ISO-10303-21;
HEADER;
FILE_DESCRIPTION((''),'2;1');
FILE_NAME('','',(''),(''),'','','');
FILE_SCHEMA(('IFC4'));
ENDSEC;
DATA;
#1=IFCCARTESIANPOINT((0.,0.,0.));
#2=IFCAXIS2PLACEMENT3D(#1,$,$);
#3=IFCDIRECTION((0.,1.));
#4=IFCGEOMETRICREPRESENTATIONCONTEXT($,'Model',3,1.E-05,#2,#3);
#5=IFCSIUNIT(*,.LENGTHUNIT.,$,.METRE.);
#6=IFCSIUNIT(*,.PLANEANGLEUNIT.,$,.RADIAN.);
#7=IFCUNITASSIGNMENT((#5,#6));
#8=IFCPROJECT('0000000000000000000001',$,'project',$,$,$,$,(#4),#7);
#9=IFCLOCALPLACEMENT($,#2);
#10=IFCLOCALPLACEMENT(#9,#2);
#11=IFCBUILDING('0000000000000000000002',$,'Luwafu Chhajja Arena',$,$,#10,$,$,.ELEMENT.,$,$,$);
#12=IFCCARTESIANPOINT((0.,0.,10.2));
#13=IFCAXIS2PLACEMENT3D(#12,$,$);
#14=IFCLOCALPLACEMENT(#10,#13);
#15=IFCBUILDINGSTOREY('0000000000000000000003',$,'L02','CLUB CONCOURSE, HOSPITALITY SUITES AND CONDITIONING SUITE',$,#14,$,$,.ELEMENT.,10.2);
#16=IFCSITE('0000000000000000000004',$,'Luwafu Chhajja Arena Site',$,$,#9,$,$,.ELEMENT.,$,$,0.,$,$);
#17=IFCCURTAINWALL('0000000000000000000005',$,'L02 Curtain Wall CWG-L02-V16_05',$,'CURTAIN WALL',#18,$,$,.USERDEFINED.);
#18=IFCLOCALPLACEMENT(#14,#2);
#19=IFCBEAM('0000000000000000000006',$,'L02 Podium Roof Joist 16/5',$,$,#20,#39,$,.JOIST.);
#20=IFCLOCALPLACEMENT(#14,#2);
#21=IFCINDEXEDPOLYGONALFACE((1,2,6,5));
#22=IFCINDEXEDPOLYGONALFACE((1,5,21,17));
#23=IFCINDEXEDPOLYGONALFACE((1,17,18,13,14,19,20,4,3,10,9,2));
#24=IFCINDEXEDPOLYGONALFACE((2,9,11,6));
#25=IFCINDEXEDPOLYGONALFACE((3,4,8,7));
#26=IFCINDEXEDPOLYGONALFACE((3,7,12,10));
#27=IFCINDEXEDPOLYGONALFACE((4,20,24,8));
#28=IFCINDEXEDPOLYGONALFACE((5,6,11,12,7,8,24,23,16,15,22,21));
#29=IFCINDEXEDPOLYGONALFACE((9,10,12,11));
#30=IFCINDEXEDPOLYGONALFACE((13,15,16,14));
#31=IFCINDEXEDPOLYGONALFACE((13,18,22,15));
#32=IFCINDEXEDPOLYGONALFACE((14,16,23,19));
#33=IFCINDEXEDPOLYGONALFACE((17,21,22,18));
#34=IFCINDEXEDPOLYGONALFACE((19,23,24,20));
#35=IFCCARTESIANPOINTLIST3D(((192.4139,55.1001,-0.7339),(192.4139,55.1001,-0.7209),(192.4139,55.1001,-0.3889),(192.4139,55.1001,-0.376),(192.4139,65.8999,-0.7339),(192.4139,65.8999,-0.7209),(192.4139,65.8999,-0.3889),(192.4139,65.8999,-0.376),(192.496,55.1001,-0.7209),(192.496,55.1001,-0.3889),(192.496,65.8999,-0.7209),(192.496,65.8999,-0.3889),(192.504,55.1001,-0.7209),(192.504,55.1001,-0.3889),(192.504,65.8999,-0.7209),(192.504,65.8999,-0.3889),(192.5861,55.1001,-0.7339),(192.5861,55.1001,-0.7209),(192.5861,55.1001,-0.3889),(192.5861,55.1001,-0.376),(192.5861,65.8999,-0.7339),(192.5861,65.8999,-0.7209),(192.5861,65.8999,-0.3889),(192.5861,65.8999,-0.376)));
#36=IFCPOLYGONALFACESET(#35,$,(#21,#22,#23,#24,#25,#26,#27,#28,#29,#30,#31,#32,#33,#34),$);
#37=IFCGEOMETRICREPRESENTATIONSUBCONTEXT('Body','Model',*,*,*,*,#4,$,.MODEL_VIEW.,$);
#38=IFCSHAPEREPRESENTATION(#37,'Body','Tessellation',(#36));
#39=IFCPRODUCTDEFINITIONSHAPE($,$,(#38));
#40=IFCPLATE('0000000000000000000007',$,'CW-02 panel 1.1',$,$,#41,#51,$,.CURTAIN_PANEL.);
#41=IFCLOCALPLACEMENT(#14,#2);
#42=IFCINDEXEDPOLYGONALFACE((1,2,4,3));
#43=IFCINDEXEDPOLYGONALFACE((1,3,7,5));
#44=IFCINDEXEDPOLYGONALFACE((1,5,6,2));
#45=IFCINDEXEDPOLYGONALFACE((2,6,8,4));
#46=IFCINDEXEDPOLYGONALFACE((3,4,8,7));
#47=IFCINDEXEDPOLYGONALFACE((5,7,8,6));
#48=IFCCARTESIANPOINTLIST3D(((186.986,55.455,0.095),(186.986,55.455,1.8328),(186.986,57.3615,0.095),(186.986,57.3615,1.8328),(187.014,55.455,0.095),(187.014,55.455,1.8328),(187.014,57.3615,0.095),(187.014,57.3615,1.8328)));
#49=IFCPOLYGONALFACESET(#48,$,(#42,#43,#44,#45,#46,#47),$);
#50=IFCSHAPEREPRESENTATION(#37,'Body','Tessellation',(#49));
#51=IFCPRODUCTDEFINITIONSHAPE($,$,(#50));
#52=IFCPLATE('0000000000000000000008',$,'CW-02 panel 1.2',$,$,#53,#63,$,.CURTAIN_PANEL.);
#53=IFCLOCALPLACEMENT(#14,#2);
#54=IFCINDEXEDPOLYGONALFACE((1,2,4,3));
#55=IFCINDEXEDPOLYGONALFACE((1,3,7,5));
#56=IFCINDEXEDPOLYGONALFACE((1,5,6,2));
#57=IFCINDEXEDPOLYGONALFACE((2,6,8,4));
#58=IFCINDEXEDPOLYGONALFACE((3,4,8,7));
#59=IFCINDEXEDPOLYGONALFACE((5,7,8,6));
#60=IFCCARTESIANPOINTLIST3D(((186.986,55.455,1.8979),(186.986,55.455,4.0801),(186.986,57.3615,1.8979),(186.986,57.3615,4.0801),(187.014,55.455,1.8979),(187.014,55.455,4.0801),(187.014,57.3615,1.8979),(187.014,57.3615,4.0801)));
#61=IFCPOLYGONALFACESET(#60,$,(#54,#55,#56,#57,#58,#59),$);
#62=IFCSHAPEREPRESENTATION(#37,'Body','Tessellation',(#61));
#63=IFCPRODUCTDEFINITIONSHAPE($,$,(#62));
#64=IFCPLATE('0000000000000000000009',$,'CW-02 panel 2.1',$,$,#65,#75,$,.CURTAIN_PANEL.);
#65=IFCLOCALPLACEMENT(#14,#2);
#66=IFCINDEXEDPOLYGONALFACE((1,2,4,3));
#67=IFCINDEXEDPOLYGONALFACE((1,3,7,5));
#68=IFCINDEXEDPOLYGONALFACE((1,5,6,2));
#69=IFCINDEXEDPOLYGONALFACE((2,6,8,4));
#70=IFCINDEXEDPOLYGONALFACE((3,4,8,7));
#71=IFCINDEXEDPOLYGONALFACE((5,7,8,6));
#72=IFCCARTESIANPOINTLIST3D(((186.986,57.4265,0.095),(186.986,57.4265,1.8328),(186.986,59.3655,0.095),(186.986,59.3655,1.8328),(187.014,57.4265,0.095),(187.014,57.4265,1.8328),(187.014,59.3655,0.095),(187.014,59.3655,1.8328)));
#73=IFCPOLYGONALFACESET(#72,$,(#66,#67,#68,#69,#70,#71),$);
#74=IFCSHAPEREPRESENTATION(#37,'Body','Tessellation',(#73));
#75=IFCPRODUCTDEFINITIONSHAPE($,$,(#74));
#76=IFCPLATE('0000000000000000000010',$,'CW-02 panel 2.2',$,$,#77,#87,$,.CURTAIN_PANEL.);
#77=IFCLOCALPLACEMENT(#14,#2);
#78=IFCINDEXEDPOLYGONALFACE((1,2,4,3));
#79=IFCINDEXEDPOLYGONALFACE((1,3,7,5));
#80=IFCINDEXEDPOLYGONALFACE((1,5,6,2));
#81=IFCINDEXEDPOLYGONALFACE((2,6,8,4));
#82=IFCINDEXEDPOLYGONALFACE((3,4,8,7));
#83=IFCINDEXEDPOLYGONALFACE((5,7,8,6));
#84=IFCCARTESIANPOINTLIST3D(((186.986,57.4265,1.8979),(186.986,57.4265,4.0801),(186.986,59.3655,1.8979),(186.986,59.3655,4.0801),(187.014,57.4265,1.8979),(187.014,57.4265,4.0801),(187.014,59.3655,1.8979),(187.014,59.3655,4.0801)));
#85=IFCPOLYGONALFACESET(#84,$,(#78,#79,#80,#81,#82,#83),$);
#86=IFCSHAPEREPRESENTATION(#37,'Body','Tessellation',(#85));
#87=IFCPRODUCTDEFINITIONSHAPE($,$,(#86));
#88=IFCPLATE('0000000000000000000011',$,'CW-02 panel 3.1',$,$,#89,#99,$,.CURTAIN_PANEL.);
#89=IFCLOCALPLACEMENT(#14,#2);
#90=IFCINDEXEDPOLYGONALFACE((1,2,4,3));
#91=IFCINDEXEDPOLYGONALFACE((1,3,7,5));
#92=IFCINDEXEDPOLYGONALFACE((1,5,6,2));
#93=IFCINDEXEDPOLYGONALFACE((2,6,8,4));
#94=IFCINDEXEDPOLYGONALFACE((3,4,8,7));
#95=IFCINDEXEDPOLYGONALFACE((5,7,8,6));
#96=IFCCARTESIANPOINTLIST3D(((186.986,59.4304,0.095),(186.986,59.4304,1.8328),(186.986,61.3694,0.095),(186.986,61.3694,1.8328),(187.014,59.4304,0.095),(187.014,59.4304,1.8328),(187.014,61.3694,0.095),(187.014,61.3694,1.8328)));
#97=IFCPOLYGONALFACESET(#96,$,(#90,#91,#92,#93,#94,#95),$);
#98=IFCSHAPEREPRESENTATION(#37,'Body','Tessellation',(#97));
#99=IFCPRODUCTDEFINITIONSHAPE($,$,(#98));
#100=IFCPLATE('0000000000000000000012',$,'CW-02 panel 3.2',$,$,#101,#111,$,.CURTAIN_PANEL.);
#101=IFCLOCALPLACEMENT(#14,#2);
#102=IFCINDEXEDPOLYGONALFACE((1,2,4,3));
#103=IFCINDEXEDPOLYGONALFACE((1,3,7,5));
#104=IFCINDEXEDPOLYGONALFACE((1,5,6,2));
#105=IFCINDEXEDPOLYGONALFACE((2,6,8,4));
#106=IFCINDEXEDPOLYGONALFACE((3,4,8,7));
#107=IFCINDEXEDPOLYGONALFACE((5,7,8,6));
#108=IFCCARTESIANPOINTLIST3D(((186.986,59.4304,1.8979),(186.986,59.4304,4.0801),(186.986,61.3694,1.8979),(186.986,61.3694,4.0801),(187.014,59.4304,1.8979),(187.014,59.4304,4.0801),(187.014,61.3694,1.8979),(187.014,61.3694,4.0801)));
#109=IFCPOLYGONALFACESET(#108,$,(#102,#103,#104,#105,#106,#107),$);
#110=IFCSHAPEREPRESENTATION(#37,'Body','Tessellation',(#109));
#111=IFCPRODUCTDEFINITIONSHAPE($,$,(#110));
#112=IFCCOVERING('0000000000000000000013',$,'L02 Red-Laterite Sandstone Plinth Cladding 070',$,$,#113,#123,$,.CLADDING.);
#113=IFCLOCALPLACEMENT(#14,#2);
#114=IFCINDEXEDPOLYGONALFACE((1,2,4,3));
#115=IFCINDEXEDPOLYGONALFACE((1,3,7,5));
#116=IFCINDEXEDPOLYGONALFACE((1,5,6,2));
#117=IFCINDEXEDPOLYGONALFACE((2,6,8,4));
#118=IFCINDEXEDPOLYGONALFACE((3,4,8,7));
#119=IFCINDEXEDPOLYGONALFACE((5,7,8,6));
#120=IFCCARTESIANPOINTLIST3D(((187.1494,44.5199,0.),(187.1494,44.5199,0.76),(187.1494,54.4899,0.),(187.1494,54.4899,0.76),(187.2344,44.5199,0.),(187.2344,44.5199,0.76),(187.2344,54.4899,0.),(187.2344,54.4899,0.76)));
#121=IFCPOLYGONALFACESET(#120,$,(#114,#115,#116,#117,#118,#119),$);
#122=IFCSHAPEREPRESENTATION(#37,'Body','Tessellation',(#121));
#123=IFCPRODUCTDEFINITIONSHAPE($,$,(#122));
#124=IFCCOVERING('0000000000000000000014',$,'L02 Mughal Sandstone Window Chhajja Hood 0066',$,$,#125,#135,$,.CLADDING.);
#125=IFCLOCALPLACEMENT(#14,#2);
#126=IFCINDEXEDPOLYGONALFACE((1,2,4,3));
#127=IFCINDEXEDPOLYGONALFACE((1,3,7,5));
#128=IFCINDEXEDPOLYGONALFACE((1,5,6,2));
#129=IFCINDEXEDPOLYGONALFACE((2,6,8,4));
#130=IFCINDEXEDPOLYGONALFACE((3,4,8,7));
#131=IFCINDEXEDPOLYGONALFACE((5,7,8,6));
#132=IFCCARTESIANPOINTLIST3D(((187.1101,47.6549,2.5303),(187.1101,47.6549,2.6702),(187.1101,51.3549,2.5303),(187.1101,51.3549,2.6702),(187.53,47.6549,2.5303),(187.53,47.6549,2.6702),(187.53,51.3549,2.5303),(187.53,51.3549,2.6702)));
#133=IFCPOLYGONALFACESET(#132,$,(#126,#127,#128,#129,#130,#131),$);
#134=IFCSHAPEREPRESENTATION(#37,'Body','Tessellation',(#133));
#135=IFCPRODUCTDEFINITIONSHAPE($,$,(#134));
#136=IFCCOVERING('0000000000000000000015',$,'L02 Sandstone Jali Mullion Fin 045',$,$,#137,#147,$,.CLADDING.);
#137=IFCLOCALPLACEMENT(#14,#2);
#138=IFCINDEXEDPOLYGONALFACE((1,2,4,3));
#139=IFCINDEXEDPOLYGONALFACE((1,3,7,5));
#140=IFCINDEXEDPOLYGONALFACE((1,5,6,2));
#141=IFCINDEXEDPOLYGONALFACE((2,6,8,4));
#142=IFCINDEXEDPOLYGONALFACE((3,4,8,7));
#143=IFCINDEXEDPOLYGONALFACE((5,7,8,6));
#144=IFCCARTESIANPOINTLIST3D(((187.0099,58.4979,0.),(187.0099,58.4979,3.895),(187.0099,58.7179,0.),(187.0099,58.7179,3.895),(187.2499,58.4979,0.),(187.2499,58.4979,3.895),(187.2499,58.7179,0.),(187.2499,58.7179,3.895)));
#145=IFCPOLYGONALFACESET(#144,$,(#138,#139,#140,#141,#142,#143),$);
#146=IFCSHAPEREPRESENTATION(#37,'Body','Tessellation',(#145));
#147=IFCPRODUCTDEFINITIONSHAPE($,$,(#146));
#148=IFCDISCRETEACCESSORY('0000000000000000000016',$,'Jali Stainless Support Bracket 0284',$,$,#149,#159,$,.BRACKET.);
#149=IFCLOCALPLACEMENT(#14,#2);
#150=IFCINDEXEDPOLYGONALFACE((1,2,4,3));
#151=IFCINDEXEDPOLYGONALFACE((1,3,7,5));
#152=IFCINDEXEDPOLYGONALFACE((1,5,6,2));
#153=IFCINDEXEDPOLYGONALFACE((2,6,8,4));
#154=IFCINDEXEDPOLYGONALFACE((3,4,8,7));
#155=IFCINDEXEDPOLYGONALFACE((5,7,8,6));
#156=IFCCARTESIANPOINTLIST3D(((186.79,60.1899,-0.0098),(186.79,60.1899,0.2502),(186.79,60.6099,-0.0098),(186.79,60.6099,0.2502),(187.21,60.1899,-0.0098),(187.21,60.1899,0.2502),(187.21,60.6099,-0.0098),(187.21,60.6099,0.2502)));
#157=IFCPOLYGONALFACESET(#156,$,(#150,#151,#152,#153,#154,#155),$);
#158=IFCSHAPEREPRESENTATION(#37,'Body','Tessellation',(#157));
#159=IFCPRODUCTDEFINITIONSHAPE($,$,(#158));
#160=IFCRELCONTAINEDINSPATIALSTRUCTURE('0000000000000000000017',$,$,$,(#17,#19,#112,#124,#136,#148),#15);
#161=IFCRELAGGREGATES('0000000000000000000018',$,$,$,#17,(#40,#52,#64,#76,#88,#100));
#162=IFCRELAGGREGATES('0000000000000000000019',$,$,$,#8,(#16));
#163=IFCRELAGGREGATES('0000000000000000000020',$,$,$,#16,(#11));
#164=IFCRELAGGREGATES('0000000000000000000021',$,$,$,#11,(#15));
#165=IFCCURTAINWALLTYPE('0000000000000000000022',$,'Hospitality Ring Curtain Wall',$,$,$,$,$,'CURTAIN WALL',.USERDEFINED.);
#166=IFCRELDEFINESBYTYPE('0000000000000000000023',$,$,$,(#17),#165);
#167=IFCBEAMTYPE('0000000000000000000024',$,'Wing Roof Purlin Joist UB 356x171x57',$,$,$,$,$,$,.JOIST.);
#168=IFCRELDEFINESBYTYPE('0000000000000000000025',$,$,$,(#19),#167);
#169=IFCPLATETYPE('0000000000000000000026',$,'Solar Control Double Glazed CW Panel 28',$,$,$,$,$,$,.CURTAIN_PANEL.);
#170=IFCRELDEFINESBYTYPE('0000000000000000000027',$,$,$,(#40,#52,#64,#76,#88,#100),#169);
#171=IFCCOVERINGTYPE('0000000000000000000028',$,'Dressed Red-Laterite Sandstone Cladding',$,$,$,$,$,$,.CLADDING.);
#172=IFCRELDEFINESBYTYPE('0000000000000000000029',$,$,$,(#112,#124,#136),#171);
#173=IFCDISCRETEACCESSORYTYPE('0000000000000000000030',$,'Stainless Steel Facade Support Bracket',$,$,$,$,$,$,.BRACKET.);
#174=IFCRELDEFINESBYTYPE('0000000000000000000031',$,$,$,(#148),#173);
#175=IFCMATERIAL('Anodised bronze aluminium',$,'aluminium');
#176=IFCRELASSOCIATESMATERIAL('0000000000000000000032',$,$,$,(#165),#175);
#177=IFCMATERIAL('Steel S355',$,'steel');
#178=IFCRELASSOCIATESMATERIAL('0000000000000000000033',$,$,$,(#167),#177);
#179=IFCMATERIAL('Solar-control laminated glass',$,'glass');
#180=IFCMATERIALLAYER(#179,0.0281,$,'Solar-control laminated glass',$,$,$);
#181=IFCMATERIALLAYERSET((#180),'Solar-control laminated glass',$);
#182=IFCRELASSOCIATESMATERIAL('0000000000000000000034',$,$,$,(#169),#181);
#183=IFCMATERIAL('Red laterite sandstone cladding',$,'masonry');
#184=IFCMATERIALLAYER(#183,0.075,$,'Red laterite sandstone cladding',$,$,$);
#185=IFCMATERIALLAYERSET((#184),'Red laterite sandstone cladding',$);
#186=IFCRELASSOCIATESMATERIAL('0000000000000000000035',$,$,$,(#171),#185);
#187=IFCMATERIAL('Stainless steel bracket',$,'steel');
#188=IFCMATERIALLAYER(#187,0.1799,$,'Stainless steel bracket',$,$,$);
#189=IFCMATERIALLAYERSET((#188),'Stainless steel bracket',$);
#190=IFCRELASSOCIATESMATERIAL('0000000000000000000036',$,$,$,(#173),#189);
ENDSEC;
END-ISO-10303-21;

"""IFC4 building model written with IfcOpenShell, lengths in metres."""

from ifc_helpers import new_model, si_unit, direction, frame, origin, origin_2d, place, context, subcontext, project, spatial, rectangle, i_section, extrude, material, layer, layer_set, material_profile, profile_set, type_object, element, aggregate, save


model = new_model("IFC4")

# Units and contexts
model_context = context("Model", 3, precision=1e-05, world=origin(), true_north=direction((0.0, 1.0)))
body_context = subcontext(model_context, "Body", "Model", "MODEL_VIEW")
ifc_project = project(units=[si_unit("LENGTHUNIT", "METRE"), si_unit("PLANEANGLEUNIT", "RADIAN")], contexts=[model_context])

# Site, building, storey
site_placement = place(None, origin())
site = spatial("IfcSite", under=ifc_project, at=site_placement, Name="Luwafu Chhajja Arena Site", CompositionType="ELEMENT", RefElevation=0.0)
building_placement = place(site_placement, origin())
building = spatial("IfcBuilding", under=site, at=building_placement, Name="Luwafu Chhajja Arena", CompositionType="ELEMENT")
storey_placement = place(building_placement, frame((0.0, 0.0, 10.2)))
storey = spatial("IfcBuildingStorey", under=building, at=storey_placement, Name="L02", Description="CLUB CONCOURSE, HOSPITALITY SUITES AND CONDITIONING SUITE", CompositionType="ELEMENT", Elevation=10.2)

# Curtain wall
ifc_material_1 = material(Name="Anodised bronze aluminium", Category="aluminium")
curtain_wall_type = type_object("IfcCurtainWallType", Name="Hospitality Ring Curtain Wall", ElementType="CURTAIN WALL", PredefinedType="USERDEFINED", material=ifc_material_1)
curtain_wall_placement = place(storey_placement, origin())
curtain_wall = element("IfcCurtainWall", 1, at=curtain_wall_placement, inside=storey, type_object=curtain_wall_type, Name="L02 Curtain Wall CWG-L02-V16_05", ObjectType="CURTAIN WALL", PredefinedType="USERDEFINED")

# Beam
ifc_material_2 = material(Name="Steel S355", Category="steel")
ifc_material_profile_1 = material_profile(ifc_material_2, i_section(OverallWidth=0.1721, OverallDepth=0.3579, WebThickness=0.0081, FlangeThickness=0.0129, at=origin_2d()), Name="UB 356x171x57")
ifc_profile_set_1 = profile_set([ifc_material_profile_1], Name="Steel S355")
beam_type_1 = type_object("IfcBeamType", Name="Wing Roof Purlin Joist UB 356x171x57", PredefinedType="JOIST", material=ifc_profile_set_1)
beam_placement = place(storey_placement, frame((192.5, 55.1001, -0.5549), z_axis=(0.0, 1.0, 0.0), x_axis=(-1.0, 0.0, 0.0)))
element("IfcBeam", 2, at=beam_placement, inside=storey, type_object=beam_type_1, Name="L02 Podium Roof Joist 16/5", PredefinedType="JOIST", context=body_context, shape_type="SweptSolid", body=[
    extrude(i_section(OverallWidth=0.1721, OverallDepth=0.3579, WebThickness=0.0081, FlangeThickness=0.0129, at=origin_2d()), origin(), (0.0, 0.0, 1.0), 10.7998),
])

# Plates
ifc_material_3 = material(Name="Solar-control laminated glass", Category="glass")
ifc_layer_1 = layer(ifc_material_3, 0.0281, Name="Solar-control laminated glass")
ifc_layer_set_1 = layer_set([ifc_layer_1], Name="Solar-control laminated glass")
plate_type = type_object("IfcPlateType", Name="Solar Control Double Glazed CW Panel 28", PredefinedType="CURTAIN_PANEL", material=ifc_layer_set_1)
plate_1_placement = place(storey_placement, frame((187.0, 56.4082, 0.095), z_axis=(0.0, 0.0, 1.0), x_axis=(0.0, 1.0, 0.0)))
plate_1 = element("IfcPlate", 3, at=plate_1_placement, type_object=plate_type, Name="CW-02 panel 1.1", PredefinedType="CURTAIN_PANEL", context=body_context, shape_type="SweptSolid", body=[
    extrude(rectangle(XDim=1.9065, YDim=0.0281, at=origin_2d()), origin(), (0.0, 0.0, 1.0), 1.7378),
])
plate_2_placement = place(storey_placement, frame((187.0, 56.4082, 1.8979), z_axis=(0.0, 0.0, 1.0), x_axis=(0.0, 1.0, 0.0)))
plate_2 = element("IfcPlate", 4, at=plate_2_placement, type_object=plate_type, Name="CW-02 panel 1.2", PredefinedType="CURTAIN_PANEL", context=body_context, shape_type="SweptSolid", body=[
    extrude(rectangle(XDim=1.9065, YDim=0.0281, at=origin_2d()), origin(), (0.0, 0.0, 1.0), 2.1821),
])
plate_3_placement = place(storey_placement, frame((187.0, 58.396, 0.095), z_axis=(0.0, 0.0, 1.0), x_axis=(0.0, 1.0, 0.0)))
plate_3 = element("IfcPlate", 5, at=plate_3_placement, type_object=plate_type, Name="CW-02 panel 2.1", PredefinedType="CURTAIN_PANEL", context=body_context, shape_type="SweptSolid", body=[
    extrude(rectangle(XDim=1.939, YDim=0.0281, at=origin_2d()), origin(), (0.0, 0.0, 1.0), 1.7378),
])
plate_4_placement = place(storey_placement, frame((187.0, 58.396, 1.8979), z_axis=(0.0, 0.0, 1.0), x_axis=(0.0, 1.0, 0.0)))
plate_4 = element("IfcPlate", 6, at=plate_4_placement, type_object=plate_type, Name="CW-02 panel 2.2", PredefinedType="CURTAIN_PANEL", context=body_context, shape_type="SweptSolid", body=[
    extrude(rectangle(XDim=1.939, YDim=0.0281, at=origin_2d()), origin(), (0.0, 0.0, 1.0), 2.1821),
])
plate_5_placement = place(storey_placement, frame((187.0, 60.3999, 0.095), z_axis=(0.0, 0.0, 1.0), x_axis=(0.0, 1.0, 0.0)))
plate_5 = element("IfcPlate", 7, at=plate_5_placement, type_object=plate_type, Name="CW-02 panel 3.1", PredefinedType="CURTAIN_PANEL", context=body_context, shape_type="SweptSolid", body=[
    extrude(rectangle(XDim=1.939, YDim=0.0281, at=origin_2d()), origin(), (0.0, 0.0, 1.0), 1.7378),
])
plate_6_placement = place(storey_placement, frame((187.0, 60.3999, 1.8979), z_axis=(0.0, 0.0, 1.0), x_axis=(0.0, 1.0, 0.0)))
plate_6 = element("IfcPlate", 8, at=plate_6_placement, type_object=plate_type, Name="CW-02 panel 3.2", PredefinedType="CURTAIN_PANEL", context=body_context, shape_type="SweptSolid", body=[
    extrude(rectangle(XDim=1.939, YDim=0.0281, at=origin_2d()), origin(), (0.0, 0.0, 1.0), 2.1821),
])
aggregate(curtain_wall, [plate_1, plate_2, plate_3, plate_4, plate_5, plate_6])

# Coverings
ifc_material_4 = material(Name="Red laterite sandstone cladding", Category="masonry")
ifc_layer_2 = layer(ifc_material_4, 0.075, Name="Red laterite sandstone cladding")
ifc_layer_set_2 = layer_set([ifc_layer_2], Name="Red laterite sandstone cladding")
covering_type = type_object("IfcCoveringType", Name="Dressed Red-Laterite Sandstone Cladding", PredefinedType="CLADDING", material=ifc_layer_set_2)
covering_1_placement = place(storey_placement, frame((187.1919, 49.5049, 0.0), z_axis=(0.0, 0.0, 1.0), x_axis=(0.0, 1.0, 0.0)))
element("IfcCovering", 9, at=covering_1_placement, inside=storey, type_object=covering_type, Name="L02 Red-Laterite Sandstone Plinth Cladding 070", PredefinedType="CLADDING", context=body_context, shape_type="SweptSolid", body=[
    extrude(rectangle(XDim=9.97, YDim=0.085, at=origin_2d()), origin(), (0.0, 0.0, 1.0), 0.76),
])
covering_2_placement = place(storey_placement, frame((187.3201, 49.5049, 2.5303), z_axis=(0.0, 0.0, 1.0), x_axis=(0.0, 1.0, 0.0)))
element("IfcCovering", 10, at=covering_2_placement, inside=storey, type_object=covering_type, Name="L02 Mughal Sandstone Window Chhajja Hood 0066", PredefinedType="CLADDING", context=body_context, shape_type="SweptSolid", body=[
    extrude(rectangle(XDim=3.7, YDim=0.4199, at=origin_2d()), origin(), (0.0, 0.0, 1.0), 0.1399),
])
covering_3_placement = place(storey_placement, frame((187.1299, 58.6079, 0.0), z_axis=(0.0, 0.0, 1.0), x_axis=(0.0, 1.0, 0.0)))
element("IfcCovering", 11, at=covering_3_placement, inside=storey, type_object=covering_type, Name="L02 Sandstone Jali Mullion Fin 045", PredefinedType="CLADDING", context=body_context, shape_type="SweptSolid", body=[
    extrude(rectangle(XDim=0.22, YDim=0.24, at=origin_2d()), origin(), (0.0, 0.0, 1.0), 3.895),
])

# Discrete accessory
ifc_material_5 = material(Name="Stainless steel bracket", Category="steel")
ifc_layer_3 = layer(ifc_material_5, 0.1799, Name="Stainless steel bracket")
ifc_layer_set_3 = layer_set([ifc_layer_3], Name="Stainless steel bracket")
discrete_accessory_type = type_object("IfcDiscreteAccessoryType", Name="Stainless Steel Facade Support Bracket", PredefinedType="BRACKET", material=ifc_layer_set_3)
discrete_accessory_placement = place(storey_placement, frame((187.0, 60.3999, -0.0098), z_axis=(0.0, 0.0, 1.0), x_axis=(0.0, 1.0, 0.0)))
element("IfcDiscreteAccessory", 12, at=discrete_accessory_placement, inside=storey, type_object=discrete_accessory_type, Name="Jali Stainless Support Bracket 0284", PredefinedType="BRACKET", context=body_context, shape_type="SweptSolid", body=[
    extrude(rectangle(XDim=0.4199, YDim=0.4199, at=origin_2d()), origin(), (0.0, 0.0, 1.0), 0.26),
])

save(model, "model.ifc")
